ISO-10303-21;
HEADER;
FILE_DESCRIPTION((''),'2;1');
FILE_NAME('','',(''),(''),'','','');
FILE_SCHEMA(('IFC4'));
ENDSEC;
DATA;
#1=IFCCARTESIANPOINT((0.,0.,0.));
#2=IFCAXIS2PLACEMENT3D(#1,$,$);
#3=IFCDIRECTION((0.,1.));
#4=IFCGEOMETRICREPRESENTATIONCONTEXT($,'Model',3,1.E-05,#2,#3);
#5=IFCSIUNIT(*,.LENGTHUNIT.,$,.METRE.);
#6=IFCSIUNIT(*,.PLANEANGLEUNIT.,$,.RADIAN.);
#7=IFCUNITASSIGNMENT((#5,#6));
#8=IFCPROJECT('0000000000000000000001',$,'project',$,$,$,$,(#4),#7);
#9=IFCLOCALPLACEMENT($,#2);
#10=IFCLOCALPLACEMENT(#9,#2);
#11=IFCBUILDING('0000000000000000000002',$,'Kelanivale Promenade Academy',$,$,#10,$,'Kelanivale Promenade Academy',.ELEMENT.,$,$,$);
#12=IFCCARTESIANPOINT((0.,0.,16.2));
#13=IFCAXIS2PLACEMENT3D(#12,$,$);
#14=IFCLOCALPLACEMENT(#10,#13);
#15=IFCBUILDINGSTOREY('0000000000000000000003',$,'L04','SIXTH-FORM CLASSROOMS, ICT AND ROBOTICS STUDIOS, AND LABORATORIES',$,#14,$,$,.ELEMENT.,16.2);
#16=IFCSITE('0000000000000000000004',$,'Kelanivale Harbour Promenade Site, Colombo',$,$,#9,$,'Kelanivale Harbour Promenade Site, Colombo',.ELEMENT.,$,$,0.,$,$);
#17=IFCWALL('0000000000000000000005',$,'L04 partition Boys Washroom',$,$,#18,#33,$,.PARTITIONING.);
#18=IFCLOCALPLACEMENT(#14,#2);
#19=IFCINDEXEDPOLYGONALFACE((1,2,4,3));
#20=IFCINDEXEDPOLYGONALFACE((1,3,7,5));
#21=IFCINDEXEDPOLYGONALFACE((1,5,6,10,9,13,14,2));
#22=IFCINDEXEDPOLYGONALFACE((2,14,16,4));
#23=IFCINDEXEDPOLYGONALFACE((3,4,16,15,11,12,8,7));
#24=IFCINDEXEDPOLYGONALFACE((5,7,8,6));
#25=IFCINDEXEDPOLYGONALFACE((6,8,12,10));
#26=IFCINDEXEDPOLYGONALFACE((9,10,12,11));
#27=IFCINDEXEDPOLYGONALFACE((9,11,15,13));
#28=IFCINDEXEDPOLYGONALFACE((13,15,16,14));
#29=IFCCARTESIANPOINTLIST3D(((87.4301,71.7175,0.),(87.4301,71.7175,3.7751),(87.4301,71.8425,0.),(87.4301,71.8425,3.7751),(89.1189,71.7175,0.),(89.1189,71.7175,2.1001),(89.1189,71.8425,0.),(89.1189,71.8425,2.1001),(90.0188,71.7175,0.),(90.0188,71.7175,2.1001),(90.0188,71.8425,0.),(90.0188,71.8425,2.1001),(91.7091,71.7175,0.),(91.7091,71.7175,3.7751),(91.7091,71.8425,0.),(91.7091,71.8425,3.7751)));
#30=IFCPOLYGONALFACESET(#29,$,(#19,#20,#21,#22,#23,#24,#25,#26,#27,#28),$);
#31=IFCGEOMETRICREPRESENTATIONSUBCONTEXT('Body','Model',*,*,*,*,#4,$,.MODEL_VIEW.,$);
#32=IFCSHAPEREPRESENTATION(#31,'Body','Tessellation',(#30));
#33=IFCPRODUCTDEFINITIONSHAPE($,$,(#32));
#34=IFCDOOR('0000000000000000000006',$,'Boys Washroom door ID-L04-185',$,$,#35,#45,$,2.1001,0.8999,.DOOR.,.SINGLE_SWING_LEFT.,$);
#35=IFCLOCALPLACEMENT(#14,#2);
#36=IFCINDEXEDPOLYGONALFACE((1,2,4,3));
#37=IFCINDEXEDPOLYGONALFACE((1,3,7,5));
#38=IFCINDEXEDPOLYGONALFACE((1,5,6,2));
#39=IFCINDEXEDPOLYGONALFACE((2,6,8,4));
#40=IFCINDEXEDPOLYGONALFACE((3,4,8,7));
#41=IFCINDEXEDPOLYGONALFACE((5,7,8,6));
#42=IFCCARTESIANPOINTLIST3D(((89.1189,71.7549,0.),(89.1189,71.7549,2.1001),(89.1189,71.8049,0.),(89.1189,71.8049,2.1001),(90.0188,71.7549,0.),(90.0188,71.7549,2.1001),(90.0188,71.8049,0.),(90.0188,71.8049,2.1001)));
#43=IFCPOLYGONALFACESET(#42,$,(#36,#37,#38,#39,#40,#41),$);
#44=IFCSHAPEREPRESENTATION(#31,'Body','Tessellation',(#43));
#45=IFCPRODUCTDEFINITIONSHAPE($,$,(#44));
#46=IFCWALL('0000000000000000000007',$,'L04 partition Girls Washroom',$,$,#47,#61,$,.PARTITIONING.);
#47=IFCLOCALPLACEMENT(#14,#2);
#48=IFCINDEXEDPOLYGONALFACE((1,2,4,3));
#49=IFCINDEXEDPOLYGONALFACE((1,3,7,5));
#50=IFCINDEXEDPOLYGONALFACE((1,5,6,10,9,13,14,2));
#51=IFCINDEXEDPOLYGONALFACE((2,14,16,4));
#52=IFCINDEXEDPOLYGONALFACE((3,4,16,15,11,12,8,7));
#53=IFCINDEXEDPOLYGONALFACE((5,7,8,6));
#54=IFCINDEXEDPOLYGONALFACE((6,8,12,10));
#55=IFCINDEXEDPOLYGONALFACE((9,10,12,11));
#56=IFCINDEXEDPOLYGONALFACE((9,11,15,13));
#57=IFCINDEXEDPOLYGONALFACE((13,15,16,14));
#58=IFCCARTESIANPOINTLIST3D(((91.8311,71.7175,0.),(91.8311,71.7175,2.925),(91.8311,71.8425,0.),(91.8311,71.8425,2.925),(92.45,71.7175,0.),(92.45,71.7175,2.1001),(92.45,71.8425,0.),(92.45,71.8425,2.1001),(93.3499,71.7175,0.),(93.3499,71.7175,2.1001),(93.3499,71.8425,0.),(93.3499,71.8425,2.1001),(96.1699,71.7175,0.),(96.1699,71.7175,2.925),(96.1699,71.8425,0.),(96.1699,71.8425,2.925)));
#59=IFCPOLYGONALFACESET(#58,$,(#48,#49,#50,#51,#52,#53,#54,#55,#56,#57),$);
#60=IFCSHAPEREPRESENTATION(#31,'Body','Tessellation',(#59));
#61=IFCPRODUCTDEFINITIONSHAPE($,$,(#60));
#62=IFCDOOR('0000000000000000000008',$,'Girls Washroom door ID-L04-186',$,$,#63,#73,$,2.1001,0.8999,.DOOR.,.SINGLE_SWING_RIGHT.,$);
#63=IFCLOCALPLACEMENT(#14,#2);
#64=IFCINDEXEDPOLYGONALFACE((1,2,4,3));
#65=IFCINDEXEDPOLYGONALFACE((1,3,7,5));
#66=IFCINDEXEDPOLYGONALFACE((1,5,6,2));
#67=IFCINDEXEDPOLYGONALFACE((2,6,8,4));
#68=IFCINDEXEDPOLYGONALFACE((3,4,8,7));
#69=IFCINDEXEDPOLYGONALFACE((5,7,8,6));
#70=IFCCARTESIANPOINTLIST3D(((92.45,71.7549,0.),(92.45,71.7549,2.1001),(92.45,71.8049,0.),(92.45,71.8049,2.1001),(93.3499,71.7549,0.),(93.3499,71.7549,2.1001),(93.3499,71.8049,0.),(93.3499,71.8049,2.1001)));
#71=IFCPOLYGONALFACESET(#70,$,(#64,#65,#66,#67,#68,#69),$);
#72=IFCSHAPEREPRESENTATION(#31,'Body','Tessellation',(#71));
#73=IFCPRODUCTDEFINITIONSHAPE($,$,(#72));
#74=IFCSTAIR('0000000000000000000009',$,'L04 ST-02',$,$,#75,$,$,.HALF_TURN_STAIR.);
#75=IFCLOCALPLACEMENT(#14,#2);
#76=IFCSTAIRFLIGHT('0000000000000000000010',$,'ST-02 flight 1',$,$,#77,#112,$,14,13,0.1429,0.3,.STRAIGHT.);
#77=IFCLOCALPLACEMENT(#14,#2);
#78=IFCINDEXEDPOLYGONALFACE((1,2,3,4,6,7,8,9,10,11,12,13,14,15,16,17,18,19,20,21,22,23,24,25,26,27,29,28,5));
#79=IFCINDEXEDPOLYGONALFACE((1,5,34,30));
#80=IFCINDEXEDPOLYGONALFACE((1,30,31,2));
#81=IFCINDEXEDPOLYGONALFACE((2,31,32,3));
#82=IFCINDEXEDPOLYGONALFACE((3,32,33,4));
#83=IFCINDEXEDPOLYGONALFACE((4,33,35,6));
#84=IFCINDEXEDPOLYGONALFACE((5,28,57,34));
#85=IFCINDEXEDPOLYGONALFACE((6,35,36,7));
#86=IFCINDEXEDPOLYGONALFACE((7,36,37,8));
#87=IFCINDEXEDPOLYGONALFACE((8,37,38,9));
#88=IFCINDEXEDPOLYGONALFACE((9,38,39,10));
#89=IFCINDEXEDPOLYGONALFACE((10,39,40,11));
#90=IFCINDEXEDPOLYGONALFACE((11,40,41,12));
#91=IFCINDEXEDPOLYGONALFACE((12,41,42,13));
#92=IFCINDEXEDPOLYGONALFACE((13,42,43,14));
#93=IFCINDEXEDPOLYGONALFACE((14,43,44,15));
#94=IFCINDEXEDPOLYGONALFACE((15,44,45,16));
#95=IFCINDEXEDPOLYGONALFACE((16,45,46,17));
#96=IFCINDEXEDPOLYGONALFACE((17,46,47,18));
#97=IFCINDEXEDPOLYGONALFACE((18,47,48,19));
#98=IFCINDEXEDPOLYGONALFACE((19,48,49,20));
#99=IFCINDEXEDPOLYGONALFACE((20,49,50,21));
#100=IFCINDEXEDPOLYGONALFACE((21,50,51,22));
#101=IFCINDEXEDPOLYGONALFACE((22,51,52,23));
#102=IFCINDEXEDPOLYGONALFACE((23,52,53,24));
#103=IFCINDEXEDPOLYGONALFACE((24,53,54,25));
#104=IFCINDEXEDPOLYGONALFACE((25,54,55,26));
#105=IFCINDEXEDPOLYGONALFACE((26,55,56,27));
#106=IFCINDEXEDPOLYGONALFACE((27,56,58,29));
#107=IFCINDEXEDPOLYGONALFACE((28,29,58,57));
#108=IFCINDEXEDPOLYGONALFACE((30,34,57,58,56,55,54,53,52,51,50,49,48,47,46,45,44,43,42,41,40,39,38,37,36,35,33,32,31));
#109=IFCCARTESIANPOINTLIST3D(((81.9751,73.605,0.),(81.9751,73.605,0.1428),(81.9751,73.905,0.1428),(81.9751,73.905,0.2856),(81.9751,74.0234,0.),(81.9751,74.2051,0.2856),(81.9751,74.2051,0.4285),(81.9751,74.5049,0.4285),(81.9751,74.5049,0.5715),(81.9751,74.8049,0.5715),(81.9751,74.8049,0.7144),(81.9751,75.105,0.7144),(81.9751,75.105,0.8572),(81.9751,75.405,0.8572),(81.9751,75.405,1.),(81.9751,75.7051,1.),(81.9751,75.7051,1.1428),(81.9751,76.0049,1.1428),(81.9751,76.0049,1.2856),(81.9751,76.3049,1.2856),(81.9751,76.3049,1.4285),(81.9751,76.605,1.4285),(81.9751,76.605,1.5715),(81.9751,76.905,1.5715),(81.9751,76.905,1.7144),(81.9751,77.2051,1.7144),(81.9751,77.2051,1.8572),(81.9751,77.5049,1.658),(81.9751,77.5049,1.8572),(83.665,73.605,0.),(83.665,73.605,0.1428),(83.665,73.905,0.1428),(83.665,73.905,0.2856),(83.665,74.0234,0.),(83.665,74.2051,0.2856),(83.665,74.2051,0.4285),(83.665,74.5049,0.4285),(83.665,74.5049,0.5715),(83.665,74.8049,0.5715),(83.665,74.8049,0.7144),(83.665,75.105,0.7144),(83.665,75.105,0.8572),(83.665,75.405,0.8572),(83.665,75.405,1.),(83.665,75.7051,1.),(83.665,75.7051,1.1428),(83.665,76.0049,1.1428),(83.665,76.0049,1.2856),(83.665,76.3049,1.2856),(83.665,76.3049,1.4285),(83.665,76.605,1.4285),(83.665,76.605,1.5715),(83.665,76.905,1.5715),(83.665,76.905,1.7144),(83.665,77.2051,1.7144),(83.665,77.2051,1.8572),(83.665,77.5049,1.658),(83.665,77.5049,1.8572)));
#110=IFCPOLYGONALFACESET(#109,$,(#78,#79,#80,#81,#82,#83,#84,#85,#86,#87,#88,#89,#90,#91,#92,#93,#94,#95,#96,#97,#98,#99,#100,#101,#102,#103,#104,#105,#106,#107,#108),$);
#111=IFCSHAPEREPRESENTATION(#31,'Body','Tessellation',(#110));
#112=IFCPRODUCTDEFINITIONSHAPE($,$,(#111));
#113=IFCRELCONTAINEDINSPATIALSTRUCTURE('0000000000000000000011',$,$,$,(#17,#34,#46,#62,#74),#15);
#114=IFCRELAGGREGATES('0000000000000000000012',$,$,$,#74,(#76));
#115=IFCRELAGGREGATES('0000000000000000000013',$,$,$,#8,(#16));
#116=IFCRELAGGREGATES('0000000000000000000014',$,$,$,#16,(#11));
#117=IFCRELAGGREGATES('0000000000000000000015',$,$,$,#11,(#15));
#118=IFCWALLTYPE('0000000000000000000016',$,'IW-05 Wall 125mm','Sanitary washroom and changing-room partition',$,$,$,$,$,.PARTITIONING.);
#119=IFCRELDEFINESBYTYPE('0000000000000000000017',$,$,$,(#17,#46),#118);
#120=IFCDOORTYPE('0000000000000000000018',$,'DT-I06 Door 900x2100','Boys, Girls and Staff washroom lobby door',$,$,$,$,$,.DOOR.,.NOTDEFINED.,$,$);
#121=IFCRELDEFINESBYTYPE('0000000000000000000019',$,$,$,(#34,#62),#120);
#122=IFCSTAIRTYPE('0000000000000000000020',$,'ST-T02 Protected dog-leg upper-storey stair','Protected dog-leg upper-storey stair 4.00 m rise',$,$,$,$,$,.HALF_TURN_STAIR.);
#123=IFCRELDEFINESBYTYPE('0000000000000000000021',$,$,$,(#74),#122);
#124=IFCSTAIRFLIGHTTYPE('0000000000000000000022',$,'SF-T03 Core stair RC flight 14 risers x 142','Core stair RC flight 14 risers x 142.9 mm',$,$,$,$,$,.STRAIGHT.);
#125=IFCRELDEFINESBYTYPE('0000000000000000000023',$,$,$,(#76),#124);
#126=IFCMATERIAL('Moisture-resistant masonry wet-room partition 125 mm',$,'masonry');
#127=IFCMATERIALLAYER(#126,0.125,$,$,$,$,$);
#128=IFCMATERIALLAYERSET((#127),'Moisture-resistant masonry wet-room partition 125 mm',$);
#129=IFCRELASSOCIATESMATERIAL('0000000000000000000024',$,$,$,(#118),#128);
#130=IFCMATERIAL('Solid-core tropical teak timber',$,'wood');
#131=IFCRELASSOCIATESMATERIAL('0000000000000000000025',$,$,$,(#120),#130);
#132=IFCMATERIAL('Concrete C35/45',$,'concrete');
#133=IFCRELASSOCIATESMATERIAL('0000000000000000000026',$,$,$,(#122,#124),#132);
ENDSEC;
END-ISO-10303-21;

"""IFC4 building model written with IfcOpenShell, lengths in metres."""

from ifc_helpers import new_model, si_unit, direction, frame, frame_2d, origin, place, context, subcontext, project, spatial, polyline, rectangle, outline, extrude, material, layer, layer_set, type_object, element, fill, aggregate, save


model = new_model("IFC4")

# Units and contexts
model_context = context("Model", 3, precision=1e-05, world=origin(), true_north=direction((0.0, 1.0)))
body_context = subcontext(model_context, "Body", "Model", "MODEL_VIEW")
ifc_project = project(units=[si_unit("LENGTHUNIT", "METRE"), si_unit("PLANEANGLEUNIT", "RADIAN")], contexts=[model_context])

# Site, building, storey
site_placement = place(None, origin())
site = spatial("IfcSite", under=ifc_project, at=site_placement, Name="Kelanivale Harbour Promenade Site, Colombo", LongName="Kelanivale Harbour Promenade Site, Colombo", CompositionType="ELEMENT", RefElevation=0.0)
building_placement = place(site_placement, origin())
building = spatial("IfcBuilding", under=site, at=building_placement, Name="Kelanivale Promenade Academy", LongName="Kelanivale Promenade Academy", CompositionType="ELEMENT")
storey_placement = place(building_placement, frame((0.0, 0.0, 16.2)))
storey = spatial("IfcBuildingStorey", under=building, at=storey_placement, Name="L04", Description="SIXTH-FORM CLASSROOMS, ICT AND ROBOTICS STUDIOS, AND LABORATORIES", CompositionType="ELEMENT", Elevation=16.2)

# Shared definitions
ifc_material_1 = material(Name="Moisture-resistant masonry wet-room partition 125 mm", Category="masonry")
ifc_layer_1 = layer(ifc_material_1, 0.125)
ifc_layer_set_1 = layer_set([ifc_layer_1], Name="Moisture-resistant masonry wet-room partition 125 mm")
wall_type_1 = type_object("IfcWallType", Name="IW-05 Wall 125mm", Description="Sanitary washroom and changing-room partition", PredefinedType="PARTITIONING", material=ifc_layer_set_1)

# Walls, openings, doors
wall_1_placement = place(storey_placement, frame((87.4299, 71.78, 0.0), z_axis=(0.0, 0.0, 1.0), x_axis=(1.0, 0.0, 0.0)))
wall_1 = element("IfcWall", 1, at=wall_1_placement, inside=storey, type_object=wall_type_1, Name="L04 partition Boys Washroom", PredefinedType="PARTITIONING", context=body_context, shape_type="SweptSolid", body=[
    extrude(rectangle(XDim=4.2791, YDim=0.125, at=frame_2d((2.1396, 0.0))), origin(), (0.0, 0.0, 1.0), 3.7751),
])
opening_1_placement = place(wall_1_placement, frame((1.689, 0.0, 0.0)))
opening_1 = element("IfcOpeningElement", 2, at=opening_1_placement, cuts=wall_1, PredefinedType="OPENING", context=body_context, shape_type="SweptSolid", body=[
    extrude(rectangle(XDim=0.8999, YDim=2.1001, at=frame_2d((0.45, 1.05))), frame((0.0, 0.0725, 0.0), z_axis=(0.0, -1.0, 0.0), x_axis=(1.0, 0.0, 0.0)), (0.0, 0.0, 1.0), 0.145),
])
ifc_material_2 = material(Name="Solid-core tropical teak timber", Category="wood")
door_type_1 = type_object("IfcDoorType", Name="DT-I06 Door 900x2100", Description="Boys, Girls and Staff washroom lobby door", OperationType="NOTDEFINED", PredefinedType="DOOR", material=ifc_material_2)
door_1_placement = place(opening_1_placement, origin())
door_1 = element("IfcDoor", 3, at=door_1_placement, inside=storey, type_object=door_type_1, Name="Boys Washroom door ID-L04-185", OperationType="SINGLE_SWING_LEFT", OverallHeight=2.1001, OverallWidth=0.8999, PredefinedType="DOOR", context=body_context, shape_type="SweptSolid", body=[
    extrude(rectangle(XDim=0.8999, YDim=2.1001, at=frame_2d((0.45, 1.05))), frame((0.0, 0.0249, 0.0), z_axis=(0.0, -1.0, 0.0), x_axis=(1.0, 0.0, 0.0)), (0.0, 0.0, 1.0), 0.05),
])
fill(opening_1, door_1)
wall_2_placement = place(storey_placement, frame((91.8311, 71.78, 0.0), z_axis=(0.0, 0.0, 1.0), x_axis=(1.0, 0.0, 0.0)))
wall_2 = element("IfcWall", 4, at=wall_2_placement, inside=storey, type_object=wall_type_1, Name="L04 partition Girls Washroom", PredefinedType="PARTITIONING", context=body_context, shape_type="SweptSolid", body=[
    extrude(rectangle(XDim=4.3389, YDim=0.125, at=frame_2d((2.1694, 0.0))), origin(), (0.0, 0.0, 1.0), 2.925),
])
opening_2_placement = place(wall_2_placement, frame((0.6189, 0.0, 0.0)))
opening_2 = element("IfcOpeningElement", 5, at=opening_2_placement, cuts=wall_2, PredefinedType="OPENING", context=body_context, shape_type="SweptSolid", body=[
    extrude(rectangle(XDim=0.8999, YDim=2.1001, at=frame_2d((0.45, 1.05))), frame((0.0, 0.0725, 0.0), z_axis=(0.0, -1.0, 0.0), x_axis=(1.0, 0.0, 0.0)), (0.0, 0.0, 1.0), 0.145),
])
door_2_placement = place(opening_2_placement, origin())
door_2 = element("IfcDoor", 6, at=door_2_placement, inside=storey, type_object=door_type_1, Name="Girls Washroom door ID-L04-186", OperationType="SINGLE_SWING_RIGHT", OverallHeight=2.1001, OverallWidth=0.8999, PredefinedType="DOOR", context=body_context, shape_type="SweptSolid", body=[
    extrude(rectangle(XDim=0.8999, YDim=2.1001, at=frame_2d((0.45, 1.05))), frame((0.0, 0.0249, 0.0), z_axis=(0.0, -1.0, 0.0), x_axis=(1.0, 0.0, 0.0)), (0.0, 0.0, 1.0), 0.05),
])
fill(opening_2, door_2)

# Stair, stair flight
ifc_material_3 = material(Name="Concrete C35/45", Category="concrete")
stair_type = type_object("IfcStairType", Name="ST-T02 Protected dog-leg upper-storey stair", Description="Protected dog-leg upper-storey stair 4.00 m rise", PredefinedType="HALF_TURN_STAIR", material=ifc_material_3)
stair_placement = place(storey_placement, origin())
stair = element("IfcStair", 7, at=stair_placement, inside=storey, type_object=stair_type, Name="L04 ST-02", PredefinedType="HALF_TURN_STAIR")
stair_flight_type = type_object("IfcStairFlightType", Name="SF-T03 Core stair RC flight 14 risers x 142", Description="Core stair RC flight 14 risers x 142.9 mm", PredefinedType="STRAIGHT", material=ifc_material_3)
stair_flight_placement = place(storey_placement, frame((82.8201, 73.605, 0.0), z_axis=(0.0, 0.0, 1.0), x_axis=(0.0, 1.0, 0.0)))
stair_flight = element("IfcStairFlight", 8, at=stair_flight_placement, type_object=stair_flight_type, Name="ST-02 flight 1", NumberOfRisers=14, NumberOfTreads=13, PredefinedType="STRAIGHT", RiserHeight=0.1429, TreadLength=0.3, context=body_context, shape_type="SweptSolid", body=[
    extrude(outline(polyline([(0.0, 0.0), (0.0, 0.1428), (0.3, 0.1428), (0.3, 0.2856), (0.6001, 0.2856), (0.6001, 0.4285), (0.8999, 0.4285), (0.8999, 0.5715), (1.2, 0.5715), (1.2, 0.7144), (1.5, 0.7144), (1.5, 0.8572), (1.8, 0.8572), (1.8, 1.0), (2.1001, 1.0), (2.1001, 1.1428), (2.3999, 1.1428), (2.3999, 1.2856), (2.7, 1.2856), (2.7, 1.4285), (3.0, 1.4285), (3.0, 1.5715), (3.3, 1.5715), (3.3, 1.7144), (3.6001, 1.7144), (3.6001, 1.8572), (3.8999, 1.8572), (3.8999, 2.0), (3.8999, 1.658), (0.4185, 0.0), (0.0, 0.0)])), frame((0.0, 0.845, 0.0), z_axis=(0.0, -1.0, 0.0), x_axis=(1.0, 0.0, 0.0)), (0.0, 0.0, 1.0), 1.6899),
])
aggregate(stair, [stair_flight])

save(model, "model.ifc")
